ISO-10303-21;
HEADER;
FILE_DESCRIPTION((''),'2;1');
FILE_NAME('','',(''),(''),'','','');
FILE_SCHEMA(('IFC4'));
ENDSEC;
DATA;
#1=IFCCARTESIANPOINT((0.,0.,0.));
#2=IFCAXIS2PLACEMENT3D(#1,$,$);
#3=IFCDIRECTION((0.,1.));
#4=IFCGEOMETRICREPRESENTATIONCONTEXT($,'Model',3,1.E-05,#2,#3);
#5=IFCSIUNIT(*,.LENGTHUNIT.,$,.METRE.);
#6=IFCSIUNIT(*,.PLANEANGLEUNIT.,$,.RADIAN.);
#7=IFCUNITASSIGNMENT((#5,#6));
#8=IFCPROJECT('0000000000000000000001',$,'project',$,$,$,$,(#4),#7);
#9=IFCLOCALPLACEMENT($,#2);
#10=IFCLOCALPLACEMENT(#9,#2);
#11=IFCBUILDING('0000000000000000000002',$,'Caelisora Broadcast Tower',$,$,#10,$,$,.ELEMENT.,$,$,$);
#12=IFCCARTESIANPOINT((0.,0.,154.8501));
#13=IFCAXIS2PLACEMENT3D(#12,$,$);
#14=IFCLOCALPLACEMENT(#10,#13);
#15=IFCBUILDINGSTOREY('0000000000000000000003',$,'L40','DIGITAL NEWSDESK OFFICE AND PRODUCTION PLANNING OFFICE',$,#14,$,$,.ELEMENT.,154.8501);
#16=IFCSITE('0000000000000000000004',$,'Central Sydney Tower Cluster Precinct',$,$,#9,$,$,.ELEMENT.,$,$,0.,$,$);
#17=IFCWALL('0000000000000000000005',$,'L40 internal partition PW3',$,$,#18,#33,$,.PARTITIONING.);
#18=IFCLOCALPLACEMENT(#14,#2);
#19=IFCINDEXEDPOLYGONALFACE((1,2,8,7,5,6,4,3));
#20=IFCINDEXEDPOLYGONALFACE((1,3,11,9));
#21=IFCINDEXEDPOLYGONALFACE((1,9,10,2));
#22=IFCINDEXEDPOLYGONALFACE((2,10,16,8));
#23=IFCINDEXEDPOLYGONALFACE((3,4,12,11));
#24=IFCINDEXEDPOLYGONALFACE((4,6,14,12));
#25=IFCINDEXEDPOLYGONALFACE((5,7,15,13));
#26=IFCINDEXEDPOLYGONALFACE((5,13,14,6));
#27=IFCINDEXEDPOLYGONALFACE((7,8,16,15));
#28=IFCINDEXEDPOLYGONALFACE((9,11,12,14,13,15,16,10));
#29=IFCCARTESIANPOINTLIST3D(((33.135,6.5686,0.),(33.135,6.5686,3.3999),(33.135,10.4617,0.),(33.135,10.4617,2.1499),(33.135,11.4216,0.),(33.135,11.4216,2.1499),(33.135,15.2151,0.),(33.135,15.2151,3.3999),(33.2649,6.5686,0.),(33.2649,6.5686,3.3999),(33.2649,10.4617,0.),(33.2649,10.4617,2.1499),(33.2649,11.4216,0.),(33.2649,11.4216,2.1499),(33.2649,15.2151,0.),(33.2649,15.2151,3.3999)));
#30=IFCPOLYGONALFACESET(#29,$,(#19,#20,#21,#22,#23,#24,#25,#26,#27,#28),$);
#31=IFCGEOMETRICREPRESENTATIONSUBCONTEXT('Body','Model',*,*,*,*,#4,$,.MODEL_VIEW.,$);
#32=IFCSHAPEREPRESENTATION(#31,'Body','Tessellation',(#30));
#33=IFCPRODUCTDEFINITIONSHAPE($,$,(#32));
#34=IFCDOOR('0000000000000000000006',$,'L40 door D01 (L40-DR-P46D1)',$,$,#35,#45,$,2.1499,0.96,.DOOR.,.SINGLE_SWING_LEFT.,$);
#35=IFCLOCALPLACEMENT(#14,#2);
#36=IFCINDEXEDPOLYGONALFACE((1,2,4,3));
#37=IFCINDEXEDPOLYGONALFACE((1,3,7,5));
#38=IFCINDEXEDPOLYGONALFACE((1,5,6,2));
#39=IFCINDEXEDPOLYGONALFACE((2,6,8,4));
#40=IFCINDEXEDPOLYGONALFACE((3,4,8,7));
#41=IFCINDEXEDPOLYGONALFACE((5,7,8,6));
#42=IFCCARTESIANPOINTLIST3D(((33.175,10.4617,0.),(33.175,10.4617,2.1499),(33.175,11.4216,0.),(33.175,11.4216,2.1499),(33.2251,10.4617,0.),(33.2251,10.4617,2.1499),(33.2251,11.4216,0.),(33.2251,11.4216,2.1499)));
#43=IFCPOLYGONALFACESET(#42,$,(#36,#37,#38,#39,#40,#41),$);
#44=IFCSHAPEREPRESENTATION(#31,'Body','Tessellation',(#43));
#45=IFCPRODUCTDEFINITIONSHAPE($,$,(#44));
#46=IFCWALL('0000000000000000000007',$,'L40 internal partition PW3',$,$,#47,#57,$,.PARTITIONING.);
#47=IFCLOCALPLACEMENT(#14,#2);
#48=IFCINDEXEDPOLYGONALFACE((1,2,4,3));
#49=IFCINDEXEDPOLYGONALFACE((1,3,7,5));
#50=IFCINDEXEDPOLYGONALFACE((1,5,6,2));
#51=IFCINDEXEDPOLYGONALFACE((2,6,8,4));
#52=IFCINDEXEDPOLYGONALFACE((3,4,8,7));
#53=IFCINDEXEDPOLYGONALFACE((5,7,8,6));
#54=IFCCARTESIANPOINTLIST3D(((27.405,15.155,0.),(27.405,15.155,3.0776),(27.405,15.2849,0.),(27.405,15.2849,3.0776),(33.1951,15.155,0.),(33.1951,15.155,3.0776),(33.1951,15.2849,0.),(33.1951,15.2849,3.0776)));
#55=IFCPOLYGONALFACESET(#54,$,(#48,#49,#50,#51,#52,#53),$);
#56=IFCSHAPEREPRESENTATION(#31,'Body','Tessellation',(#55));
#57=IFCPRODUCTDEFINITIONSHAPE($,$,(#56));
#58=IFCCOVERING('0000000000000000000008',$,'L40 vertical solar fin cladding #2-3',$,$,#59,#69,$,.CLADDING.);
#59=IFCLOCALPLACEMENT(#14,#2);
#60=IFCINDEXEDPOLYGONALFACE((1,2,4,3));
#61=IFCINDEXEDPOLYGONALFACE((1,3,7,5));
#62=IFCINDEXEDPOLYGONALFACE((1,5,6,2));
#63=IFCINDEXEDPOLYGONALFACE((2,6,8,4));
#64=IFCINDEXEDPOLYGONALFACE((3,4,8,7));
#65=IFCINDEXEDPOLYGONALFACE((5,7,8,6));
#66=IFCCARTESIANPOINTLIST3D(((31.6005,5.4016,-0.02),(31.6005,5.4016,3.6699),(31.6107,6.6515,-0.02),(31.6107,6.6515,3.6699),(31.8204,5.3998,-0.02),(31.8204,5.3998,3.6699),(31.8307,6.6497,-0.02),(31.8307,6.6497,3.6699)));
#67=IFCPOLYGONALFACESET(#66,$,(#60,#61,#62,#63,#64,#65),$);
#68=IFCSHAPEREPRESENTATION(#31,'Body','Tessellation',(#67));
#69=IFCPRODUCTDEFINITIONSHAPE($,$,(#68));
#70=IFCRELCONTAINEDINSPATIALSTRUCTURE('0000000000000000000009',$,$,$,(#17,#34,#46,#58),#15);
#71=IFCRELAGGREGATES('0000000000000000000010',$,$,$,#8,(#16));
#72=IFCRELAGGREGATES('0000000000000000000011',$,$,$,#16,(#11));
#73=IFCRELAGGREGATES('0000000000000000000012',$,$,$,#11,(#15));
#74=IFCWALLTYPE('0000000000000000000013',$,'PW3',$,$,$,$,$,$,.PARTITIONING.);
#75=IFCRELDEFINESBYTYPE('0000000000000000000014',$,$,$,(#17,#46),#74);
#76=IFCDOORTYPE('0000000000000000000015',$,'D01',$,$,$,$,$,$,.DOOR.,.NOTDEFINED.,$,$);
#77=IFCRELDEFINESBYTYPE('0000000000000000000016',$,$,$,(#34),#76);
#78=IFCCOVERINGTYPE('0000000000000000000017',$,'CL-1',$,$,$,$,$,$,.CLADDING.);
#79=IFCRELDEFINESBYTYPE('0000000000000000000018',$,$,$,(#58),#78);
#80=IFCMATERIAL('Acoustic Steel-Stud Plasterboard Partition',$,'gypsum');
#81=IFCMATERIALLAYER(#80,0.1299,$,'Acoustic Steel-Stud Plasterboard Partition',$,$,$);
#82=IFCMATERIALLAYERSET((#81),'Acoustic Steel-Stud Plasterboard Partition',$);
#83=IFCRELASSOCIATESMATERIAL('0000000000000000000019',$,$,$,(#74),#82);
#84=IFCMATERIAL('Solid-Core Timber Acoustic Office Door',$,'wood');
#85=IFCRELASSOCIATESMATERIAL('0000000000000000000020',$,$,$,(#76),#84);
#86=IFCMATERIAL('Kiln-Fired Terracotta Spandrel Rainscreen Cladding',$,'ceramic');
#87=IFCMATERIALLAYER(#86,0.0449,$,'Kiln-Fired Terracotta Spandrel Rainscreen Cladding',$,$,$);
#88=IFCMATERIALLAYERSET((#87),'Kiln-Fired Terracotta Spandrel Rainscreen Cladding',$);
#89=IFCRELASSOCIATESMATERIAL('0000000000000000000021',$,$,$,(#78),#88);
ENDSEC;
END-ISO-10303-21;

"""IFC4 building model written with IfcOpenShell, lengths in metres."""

from ifc_helpers import new_model, si_unit, direction, frame, frame_2d, origin, origin_2d, place, context, subcontext, project, spatial, rectangle, extrude, source, transform, mapped, material, layer, layer_set, type_object, type_shapes, element, fill, save


model = new_model("IFC4")

# Units and contexts
model_context = context("Model", 3, precision=1e-05, world=origin(), true_north=direction((0.0, 1.0)))
body_context = subcontext(model_context, "Body", "Model", "MODEL_VIEW")
ifc_project = project(units=[si_unit("LENGTHUNIT", "METRE"), si_unit("PLANEANGLEUNIT", "RADIAN")], contexts=[model_context])

# Site, building, storey
site_placement = place(None, origin())
site = spatial("IfcSite", under=ifc_project, at=site_placement, Name="Central Sydney Tower Cluster Precinct", CompositionType="ELEMENT", RefElevation=0.0)
building_placement = place(site_placement, origin())
building = spatial("IfcBuilding", under=site, at=building_placement, Name="Caelisora Broadcast Tower", CompositionType="ELEMENT")
storey_placement = place(building_placement, frame((0.0, 0.0, 154.8501)))
storey = spatial("IfcBuildingStorey", under=building, at=storey_placement, Name="L40", Description="DIGITAL NEWSDESK OFFICE AND PRODUCTION PLANNING OFFICE", CompositionType="ELEMENT", Elevation=154.8501)

# Wall, opening, door
ifc_material_1 = material(Name="Acoustic Steel-Stud Plasterboard Partition", Category="gypsum")
ifc_layer_1 = layer(ifc_material_1, 0.1299, Name="Acoustic Steel-Stud Plasterboard Partition")
ifc_layer_set_1 = layer_set([ifc_layer_1], Name="Acoustic Steel-Stud Plasterboard Partition")
wall_type = type_object("IfcWallType", Name="PW3", PredefinedType="PARTITIONING", material=ifc_layer_set_1)
wall_1_placement = place(storey_placement, frame((33.2, 6.5686, 0.0), z_axis=(0.0, 0.0, 1.0), x_axis=(0.0, 1.0, 0.0)))
wall_1 = element("IfcWall", 1, at=wall_1_placement, inside=storey, type_object=wall_type, Name="L40 internal partition PW3", PredefinedType="PARTITIONING", context=body_context, shape_type="SweptSolid", body=[
    extrude(rectangle(XDim=8.6465, YDim=0.1299, at=frame_2d((4.3232, 0.0))), origin(), (0.0, 0.0, 1.0), 3.3999),
])
opening_placement = place(wall_1_placement, frame((3.8931, 0.0, 0.0)))
opening = element("IfcOpeningElement", 2, at=opening_placement, cuts=wall_1, PredefinedType="OPENING", context=body_context, shape_type="SweptSolid", body=[
    extrude(rectangle(XDim=0.96, YDim=2.1499, at=frame_2d((0.48, 1.075))), frame((0.0, 0.0769, 0.0), z_axis=(0.0, -1.0, 0.0), x_axis=(1.0, 0.0, 0.0)), (0.0, 0.0, 1.0), 0.1538),
])
ifc_material_2 = material(Name="Solid-Core Timber Acoustic Office Door", Category="wood")
door_type = type_object("IfcDoorType", Name="D01", OperationType="NOTDEFINED", PredefinedType="DOOR", material=ifc_material_2)
door_placement = place(opening_placement, origin())
door = element("IfcDoor", 3, at=door_placement, inside=storey, type_object=door_type, Name="L40 door D01 (L40-DR-P46D1)", OperationType="SINGLE_SWING_LEFT", OverallHeight=2.1499, OverallWidth=0.96, PredefinedType="DOOR", context=body_context, shape_type="SweptSolid", body=[
    extrude(rectangle(XDim=0.96, YDim=2.1499, at=frame_2d((0.48, 1.075))), frame((0.0, 0.0249, 0.0), z_axis=(0.0, -1.0, 0.0), x_axis=(1.0, 0.0, 0.0)), (0.0, 0.0, 1.0), 0.05),
])
fill(opening, door)

# Wall
wall_2_placement = place(storey_placement, frame((27.405, 15.22, 0.0), z_axis=(0.0, 0.0, 1.0), x_axis=(1.0, 0.0, 0.0)))
element("IfcWall", 4, at=wall_2_placement, inside=storey, type_object=wall_type, Name="L40 internal partition PW3", PredefinedType="PARTITIONING", context=body_context, shape_type="SweptSolid", body=[
    extrude(rectangle(XDim=5.79, YDim=0.1299, at=frame_2d((2.895, 0.0))), origin(), (0.0, 0.0, 1.0), 3.0776),
])

# Covering
ifc_material_3 = material(Name="Kiln-Fired Terracotta Spandrel Rainscreen Cladding", Category="ceramic")
ifc_layer_2 = layer(ifc_material_3, 0.0449, Name="Kiln-Fired Terracotta Spandrel Rainscreen Cladding")
ifc_layer_set_2 = layer_set([ifc_layer_2], Name="Kiln-Fired Terracotta Spandrel Rainscreen Cladding")
covering_type = type_object("IfcCoveringType", Name="CL-1", PredefinedType="CLADDING", material=ifc_layer_set_2)
shared_shape_1 = source(origin(), body_context, "Body", "SweptSolid", [
    extrude(rectangle(XDim=0.22, YDim=1.25, at=origin_2d()), origin(), (0.0, 0.0, 1.0), 3.6899),
])
type_shapes(covering_type, [shared_shape_1])
covering_placement = place(storey_placement, frame((31.7156, 6.0256, -0.02), z_axis=(0.0, 0.0, 1.0), x_axis=(-0.999966, 0.008203, 0.0)))
element("IfcCovering", 5, at=covering_placement, inside=storey, type_object=covering_type, Name="L40 vertical solar fin cladding #2-3", PredefinedType="CLADDING", context=body_context, shape_type="MappedRepresentation", body=[
    mapped(shared_shape_1, transform((0.0, 0.0, 0.0), scale=1.0)),
])

save(model, "model.ifc")
